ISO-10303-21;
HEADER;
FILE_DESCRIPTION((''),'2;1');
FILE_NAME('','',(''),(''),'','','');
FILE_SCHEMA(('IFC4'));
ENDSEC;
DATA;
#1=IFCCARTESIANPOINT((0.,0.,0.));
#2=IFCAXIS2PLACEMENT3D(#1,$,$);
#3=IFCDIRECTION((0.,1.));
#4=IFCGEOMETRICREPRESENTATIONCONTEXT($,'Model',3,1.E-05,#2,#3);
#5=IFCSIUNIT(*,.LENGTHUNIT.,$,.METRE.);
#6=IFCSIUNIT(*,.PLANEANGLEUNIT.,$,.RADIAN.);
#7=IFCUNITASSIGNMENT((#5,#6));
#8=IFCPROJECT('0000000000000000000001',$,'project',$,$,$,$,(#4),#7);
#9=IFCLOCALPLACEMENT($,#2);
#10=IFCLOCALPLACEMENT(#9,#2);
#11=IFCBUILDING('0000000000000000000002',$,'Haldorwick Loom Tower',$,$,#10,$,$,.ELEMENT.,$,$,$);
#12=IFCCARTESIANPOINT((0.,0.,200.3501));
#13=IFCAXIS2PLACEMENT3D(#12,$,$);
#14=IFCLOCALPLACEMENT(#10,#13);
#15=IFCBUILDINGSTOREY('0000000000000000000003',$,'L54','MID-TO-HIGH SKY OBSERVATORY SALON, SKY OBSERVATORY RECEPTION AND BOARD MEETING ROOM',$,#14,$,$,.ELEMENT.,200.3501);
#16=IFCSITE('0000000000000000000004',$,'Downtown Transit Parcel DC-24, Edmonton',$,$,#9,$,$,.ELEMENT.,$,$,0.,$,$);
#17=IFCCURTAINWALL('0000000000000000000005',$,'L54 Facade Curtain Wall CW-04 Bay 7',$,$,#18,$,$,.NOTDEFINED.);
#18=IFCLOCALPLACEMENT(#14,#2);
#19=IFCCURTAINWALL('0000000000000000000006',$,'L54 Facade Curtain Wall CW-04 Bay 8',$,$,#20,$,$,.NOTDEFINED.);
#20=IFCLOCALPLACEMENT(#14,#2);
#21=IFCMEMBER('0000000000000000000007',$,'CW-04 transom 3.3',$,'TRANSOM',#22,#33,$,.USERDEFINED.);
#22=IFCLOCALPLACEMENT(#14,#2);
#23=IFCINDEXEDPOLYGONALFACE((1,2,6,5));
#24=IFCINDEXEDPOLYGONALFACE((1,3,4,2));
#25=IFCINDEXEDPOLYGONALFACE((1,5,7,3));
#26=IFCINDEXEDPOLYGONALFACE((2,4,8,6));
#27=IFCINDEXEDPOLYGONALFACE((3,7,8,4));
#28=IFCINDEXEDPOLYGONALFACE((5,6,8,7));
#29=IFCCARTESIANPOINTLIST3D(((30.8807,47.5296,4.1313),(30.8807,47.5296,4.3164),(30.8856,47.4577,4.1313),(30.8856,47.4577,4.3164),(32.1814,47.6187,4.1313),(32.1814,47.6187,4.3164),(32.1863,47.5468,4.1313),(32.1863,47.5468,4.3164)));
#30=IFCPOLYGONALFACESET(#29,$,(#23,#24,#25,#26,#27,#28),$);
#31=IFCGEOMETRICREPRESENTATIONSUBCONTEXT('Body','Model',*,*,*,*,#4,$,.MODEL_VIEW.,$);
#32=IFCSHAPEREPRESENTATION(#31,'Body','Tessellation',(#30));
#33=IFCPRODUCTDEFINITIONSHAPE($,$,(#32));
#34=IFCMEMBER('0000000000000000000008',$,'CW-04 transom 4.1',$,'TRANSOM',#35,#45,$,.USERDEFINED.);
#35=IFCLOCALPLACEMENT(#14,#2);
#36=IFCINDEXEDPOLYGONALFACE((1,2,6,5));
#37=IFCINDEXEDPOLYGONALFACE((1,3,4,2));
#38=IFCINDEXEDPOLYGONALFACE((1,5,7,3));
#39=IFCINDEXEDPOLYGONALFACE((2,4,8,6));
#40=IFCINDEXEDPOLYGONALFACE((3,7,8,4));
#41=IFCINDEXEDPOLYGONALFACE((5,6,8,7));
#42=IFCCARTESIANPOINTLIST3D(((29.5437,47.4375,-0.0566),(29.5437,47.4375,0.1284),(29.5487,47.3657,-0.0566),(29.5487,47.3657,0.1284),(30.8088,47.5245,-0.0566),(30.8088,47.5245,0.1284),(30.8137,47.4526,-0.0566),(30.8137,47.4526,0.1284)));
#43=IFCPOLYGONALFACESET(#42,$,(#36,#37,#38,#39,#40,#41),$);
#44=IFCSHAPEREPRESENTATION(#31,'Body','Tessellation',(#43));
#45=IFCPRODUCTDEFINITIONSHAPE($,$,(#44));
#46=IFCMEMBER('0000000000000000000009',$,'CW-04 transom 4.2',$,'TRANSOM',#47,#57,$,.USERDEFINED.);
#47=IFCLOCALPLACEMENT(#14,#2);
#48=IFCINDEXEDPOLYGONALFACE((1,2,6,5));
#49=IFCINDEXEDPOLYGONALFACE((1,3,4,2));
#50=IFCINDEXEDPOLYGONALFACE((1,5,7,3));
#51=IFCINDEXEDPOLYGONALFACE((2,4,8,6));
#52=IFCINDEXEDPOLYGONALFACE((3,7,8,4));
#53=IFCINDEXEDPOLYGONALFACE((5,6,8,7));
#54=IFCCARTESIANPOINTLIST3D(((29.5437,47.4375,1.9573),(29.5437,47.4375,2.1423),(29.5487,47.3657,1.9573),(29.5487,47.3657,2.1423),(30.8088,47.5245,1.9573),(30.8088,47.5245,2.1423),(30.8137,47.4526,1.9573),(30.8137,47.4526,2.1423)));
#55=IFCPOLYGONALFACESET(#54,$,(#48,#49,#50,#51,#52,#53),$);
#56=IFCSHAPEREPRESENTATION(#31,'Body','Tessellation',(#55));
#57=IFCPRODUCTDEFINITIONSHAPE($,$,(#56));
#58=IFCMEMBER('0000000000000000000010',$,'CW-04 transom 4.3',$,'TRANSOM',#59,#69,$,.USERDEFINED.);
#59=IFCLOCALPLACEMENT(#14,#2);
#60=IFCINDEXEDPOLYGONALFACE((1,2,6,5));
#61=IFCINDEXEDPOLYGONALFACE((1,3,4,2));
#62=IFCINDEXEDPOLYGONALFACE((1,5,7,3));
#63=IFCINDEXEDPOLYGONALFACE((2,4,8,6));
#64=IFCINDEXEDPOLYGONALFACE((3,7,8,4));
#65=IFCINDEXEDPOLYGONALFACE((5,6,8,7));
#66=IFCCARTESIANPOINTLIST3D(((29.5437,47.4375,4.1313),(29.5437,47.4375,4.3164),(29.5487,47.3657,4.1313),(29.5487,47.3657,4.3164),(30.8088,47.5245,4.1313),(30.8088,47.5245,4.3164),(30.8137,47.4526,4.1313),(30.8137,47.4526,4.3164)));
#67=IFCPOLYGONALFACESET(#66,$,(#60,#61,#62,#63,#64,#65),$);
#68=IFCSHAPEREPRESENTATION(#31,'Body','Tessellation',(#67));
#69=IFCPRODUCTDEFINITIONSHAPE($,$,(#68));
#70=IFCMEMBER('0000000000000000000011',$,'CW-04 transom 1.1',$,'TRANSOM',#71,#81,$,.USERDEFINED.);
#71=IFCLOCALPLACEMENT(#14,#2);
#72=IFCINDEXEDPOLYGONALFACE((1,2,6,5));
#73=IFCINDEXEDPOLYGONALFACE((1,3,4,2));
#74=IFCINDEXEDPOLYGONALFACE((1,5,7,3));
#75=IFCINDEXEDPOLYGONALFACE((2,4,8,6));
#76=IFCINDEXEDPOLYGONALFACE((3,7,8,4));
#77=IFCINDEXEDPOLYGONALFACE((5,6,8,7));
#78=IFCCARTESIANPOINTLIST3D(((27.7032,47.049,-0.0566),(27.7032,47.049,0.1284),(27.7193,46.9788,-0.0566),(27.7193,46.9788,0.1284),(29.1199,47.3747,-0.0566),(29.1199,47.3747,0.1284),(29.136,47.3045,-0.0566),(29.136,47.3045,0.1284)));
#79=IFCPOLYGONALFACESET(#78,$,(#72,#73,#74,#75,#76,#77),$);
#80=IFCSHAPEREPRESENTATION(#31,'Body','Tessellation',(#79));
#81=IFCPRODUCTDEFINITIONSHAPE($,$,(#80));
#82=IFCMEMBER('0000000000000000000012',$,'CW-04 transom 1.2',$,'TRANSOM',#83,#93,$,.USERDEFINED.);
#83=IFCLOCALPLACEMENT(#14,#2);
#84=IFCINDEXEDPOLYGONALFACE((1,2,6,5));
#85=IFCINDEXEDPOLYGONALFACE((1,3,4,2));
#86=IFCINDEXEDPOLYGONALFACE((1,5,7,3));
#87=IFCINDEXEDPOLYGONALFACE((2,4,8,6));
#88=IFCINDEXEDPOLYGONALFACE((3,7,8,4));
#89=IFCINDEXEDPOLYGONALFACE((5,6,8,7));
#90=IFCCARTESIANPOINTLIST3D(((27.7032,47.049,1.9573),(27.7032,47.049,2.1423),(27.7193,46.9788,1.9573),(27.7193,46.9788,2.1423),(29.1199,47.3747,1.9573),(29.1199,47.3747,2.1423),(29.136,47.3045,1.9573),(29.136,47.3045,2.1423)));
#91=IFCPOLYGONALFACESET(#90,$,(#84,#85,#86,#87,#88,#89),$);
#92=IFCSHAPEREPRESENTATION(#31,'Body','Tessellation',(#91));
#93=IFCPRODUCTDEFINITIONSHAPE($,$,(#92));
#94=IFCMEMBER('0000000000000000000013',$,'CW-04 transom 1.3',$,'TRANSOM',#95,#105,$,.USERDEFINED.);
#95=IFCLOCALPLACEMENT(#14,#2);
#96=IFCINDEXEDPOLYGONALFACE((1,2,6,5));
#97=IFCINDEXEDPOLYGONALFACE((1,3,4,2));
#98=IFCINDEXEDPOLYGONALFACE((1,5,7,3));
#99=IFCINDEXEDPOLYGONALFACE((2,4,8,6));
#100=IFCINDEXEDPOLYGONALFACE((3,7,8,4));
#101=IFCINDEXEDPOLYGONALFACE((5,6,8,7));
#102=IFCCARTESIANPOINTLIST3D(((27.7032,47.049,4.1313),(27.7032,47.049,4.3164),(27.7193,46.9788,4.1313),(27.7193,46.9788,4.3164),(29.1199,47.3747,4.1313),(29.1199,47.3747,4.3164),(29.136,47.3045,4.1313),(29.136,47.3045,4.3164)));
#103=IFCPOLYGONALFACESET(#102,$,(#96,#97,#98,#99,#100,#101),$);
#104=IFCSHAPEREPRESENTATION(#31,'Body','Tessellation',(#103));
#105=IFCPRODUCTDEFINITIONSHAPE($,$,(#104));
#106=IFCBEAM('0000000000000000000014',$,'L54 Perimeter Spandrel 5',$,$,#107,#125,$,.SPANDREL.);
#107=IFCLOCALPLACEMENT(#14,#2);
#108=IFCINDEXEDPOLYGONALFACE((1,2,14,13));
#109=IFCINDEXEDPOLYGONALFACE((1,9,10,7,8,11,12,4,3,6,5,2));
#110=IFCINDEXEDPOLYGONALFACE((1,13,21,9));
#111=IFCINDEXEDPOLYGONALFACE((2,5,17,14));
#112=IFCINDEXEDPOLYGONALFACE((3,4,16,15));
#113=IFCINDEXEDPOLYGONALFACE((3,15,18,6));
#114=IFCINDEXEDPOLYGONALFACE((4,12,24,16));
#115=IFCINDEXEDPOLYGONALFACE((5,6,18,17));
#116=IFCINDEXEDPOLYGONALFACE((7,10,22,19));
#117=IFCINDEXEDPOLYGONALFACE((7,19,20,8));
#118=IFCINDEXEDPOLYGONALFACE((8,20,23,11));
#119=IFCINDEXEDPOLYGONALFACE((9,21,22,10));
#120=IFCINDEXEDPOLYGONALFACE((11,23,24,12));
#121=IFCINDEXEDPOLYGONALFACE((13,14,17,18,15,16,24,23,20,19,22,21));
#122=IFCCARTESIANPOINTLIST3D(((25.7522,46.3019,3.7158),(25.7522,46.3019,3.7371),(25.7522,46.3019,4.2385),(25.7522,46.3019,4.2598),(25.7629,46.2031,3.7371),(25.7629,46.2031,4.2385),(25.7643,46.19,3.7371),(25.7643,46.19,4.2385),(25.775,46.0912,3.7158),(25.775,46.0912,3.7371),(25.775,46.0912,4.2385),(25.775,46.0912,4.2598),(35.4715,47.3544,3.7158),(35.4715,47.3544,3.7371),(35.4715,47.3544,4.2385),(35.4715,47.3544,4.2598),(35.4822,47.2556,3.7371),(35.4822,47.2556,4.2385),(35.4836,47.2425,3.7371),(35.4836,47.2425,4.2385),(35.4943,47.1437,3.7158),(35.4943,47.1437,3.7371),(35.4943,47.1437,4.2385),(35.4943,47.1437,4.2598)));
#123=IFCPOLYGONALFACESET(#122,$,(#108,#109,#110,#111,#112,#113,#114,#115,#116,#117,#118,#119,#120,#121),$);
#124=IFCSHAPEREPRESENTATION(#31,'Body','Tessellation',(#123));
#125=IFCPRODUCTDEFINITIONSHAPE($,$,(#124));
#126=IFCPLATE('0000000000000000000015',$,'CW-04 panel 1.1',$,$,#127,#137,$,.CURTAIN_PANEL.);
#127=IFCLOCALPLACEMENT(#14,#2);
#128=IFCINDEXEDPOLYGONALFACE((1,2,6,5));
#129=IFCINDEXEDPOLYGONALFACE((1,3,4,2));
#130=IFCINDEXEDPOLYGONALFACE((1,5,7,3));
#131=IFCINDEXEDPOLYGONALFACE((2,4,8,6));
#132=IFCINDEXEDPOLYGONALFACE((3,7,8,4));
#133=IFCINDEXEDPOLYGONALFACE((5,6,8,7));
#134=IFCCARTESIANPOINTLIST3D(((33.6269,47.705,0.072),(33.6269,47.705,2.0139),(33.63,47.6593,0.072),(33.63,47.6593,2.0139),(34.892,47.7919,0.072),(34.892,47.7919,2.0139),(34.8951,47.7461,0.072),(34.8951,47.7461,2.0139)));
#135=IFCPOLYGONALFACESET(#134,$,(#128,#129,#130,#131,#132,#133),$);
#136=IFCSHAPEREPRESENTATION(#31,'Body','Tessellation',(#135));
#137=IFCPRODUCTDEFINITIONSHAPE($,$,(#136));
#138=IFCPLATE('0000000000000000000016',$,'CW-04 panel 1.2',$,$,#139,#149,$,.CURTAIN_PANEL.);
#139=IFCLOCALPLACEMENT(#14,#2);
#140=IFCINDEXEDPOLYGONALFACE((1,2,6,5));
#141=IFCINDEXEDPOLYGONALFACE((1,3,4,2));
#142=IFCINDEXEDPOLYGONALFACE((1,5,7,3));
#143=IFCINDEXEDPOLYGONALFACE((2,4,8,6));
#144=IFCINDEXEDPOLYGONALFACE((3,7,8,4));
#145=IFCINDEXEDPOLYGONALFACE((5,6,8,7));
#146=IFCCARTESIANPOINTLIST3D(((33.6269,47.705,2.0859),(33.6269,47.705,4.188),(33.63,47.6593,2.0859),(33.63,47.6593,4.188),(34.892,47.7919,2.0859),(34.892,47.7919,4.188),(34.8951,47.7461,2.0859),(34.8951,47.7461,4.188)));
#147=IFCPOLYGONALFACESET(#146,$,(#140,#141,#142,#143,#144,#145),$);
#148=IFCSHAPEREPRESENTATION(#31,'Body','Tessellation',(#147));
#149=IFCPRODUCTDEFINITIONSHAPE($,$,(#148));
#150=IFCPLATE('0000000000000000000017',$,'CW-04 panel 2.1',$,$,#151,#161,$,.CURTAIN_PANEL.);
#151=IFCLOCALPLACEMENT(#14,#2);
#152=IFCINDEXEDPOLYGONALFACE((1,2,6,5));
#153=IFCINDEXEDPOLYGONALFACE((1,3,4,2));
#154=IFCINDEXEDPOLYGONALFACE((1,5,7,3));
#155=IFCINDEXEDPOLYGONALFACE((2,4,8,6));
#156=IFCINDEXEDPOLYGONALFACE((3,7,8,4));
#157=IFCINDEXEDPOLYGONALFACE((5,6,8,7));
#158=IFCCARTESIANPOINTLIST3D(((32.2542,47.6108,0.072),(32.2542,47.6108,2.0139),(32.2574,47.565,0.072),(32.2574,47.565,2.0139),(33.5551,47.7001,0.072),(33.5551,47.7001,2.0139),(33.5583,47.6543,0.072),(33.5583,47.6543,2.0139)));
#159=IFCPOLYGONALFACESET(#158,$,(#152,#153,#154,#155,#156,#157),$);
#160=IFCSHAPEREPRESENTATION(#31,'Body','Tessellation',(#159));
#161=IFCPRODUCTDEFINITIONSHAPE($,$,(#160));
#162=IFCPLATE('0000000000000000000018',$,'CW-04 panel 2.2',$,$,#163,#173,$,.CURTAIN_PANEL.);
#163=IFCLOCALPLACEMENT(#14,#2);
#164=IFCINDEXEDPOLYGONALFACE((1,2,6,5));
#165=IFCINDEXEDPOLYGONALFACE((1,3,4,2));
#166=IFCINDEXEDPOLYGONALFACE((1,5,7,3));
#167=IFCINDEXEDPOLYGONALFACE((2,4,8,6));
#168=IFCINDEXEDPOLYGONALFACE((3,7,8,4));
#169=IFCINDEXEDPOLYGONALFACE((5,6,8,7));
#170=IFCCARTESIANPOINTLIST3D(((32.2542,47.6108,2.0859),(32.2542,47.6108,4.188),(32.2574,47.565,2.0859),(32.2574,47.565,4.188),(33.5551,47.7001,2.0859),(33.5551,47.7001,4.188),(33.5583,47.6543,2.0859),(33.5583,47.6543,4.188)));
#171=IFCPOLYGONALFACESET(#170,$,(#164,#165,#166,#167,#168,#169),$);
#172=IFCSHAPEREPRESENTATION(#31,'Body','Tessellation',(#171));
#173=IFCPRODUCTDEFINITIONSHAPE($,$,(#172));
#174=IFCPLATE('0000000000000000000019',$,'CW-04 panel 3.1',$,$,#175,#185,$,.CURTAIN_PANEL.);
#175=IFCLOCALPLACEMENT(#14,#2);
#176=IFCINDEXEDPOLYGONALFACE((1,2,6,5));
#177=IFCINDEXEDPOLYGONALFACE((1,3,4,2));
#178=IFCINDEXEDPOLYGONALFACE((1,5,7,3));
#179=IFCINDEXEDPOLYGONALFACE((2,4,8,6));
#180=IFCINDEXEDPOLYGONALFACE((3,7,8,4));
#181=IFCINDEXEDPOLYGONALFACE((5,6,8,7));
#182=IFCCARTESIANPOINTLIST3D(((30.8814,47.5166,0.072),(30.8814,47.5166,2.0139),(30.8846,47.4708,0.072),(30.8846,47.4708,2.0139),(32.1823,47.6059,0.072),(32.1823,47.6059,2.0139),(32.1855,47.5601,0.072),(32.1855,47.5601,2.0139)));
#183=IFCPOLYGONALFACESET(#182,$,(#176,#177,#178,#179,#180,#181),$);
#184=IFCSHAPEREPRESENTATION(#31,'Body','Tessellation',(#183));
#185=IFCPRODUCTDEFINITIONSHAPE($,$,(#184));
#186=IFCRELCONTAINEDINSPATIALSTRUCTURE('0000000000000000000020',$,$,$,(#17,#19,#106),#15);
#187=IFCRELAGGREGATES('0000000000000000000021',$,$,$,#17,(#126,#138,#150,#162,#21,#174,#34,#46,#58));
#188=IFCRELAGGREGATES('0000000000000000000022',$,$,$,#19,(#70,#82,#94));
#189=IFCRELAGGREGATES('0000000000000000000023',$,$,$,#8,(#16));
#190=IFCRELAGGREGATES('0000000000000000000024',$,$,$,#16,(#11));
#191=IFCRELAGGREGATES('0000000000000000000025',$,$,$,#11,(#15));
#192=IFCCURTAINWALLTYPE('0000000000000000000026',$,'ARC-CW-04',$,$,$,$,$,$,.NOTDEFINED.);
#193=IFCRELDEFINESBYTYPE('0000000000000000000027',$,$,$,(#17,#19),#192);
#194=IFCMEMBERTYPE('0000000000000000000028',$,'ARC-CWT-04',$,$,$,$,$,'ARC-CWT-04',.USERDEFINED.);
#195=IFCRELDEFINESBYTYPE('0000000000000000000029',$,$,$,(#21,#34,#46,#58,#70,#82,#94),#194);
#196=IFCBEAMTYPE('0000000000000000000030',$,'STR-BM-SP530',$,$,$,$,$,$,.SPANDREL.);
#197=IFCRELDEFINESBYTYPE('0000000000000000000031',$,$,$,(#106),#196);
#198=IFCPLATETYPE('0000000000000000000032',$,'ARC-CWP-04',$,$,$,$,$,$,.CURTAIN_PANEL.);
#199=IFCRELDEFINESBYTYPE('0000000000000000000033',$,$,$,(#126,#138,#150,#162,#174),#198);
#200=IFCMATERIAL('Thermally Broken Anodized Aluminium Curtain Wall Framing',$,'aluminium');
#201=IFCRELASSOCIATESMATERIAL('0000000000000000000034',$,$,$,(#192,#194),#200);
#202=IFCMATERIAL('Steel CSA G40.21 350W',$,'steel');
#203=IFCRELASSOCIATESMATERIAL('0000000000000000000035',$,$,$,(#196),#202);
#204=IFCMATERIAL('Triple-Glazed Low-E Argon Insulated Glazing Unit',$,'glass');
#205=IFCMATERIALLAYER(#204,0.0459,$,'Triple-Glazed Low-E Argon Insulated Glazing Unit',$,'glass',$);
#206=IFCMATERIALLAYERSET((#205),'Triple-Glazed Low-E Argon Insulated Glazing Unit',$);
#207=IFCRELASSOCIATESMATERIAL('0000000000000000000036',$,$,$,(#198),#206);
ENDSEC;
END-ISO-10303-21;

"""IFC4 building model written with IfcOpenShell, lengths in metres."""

from ifc_helpers import new_model, si_unit, direction, frame, origin, origin_2d, place, context, subcontext, project, spatial, rectangle, i_section, extrude, material, layer, layer_set, material_profile, profile_set, type_object, element, aggregate, save


model = new_model("IFC4")

# Units and contexts
model_context = context("Model", 3, precision=1e-05, world=origin(), true_north=direction((0.0, 1.0)))
body_context = subcontext(model_context, "Body", "Model", "MODEL_VIEW")
ifc_project = project(units=[si_unit("LENGTHUNIT", "METRE"), si_unit("PLANEANGLEUNIT", "RADIAN")], contexts=[model_context])

# Site, building, storey
site_placement = place(None, origin())
site = spatial("IfcSite", under=ifc_project, at=site_placement, Name="Downtown Transit Parcel DC-24, Edmonton", CompositionType="ELEMENT", RefElevation=0.0)
building_placement = place(site_placement, origin())
building = spatial("IfcBuilding", under=site, at=building_placement, Name="Haldorwick Loom Tower", CompositionType="ELEMENT")
storey_placement = place(building_placement, frame((0.0, 0.0, 200.3501)))
storey = spatial("IfcBuildingStorey", under=building, at=storey_placement, Name="L54", Description="MID-TO-HIGH SKY OBSERVATORY SALON, SKY OBSERVATORY RECEPTION AND BOARD MEETING ROOM", CompositionType="ELEMENT", Elevation=200.3501)

# Curtain wall
ifc_material_1 = material(Name="Thermally Broken Anodized Aluminium Curtain Wall Framing", Category="aluminium")
curtain_wall_type = type_object("IfcCurtainWallType", Name="ARC-CW-04", PredefinedType="NOTDEFINED", material=ifc_material_1)
curtain_wall_1_placement = place(storey_placement, origin())
curtain_wall_1 = element("IfcCurtainWall", 1, at=curtain_wall_1_placement, inside=storey, type_object=curtain_wall_type, Name="L54 Facade Curtain Wall CW-04 Bay 7", PredefinedType="NOTDEFINED")

# Curtain wall
curtain_wall_2_placement = place(storey_placement, origin())
curtain_wall_2 = element("IfcCurtainWall", 2, at=curtain_wall_2_placement, inside=storey, type_object=curtain_wall_type, Name="L54 Facade Curtain Wall CW-04 Bay 8", PredefinedType="NOTDEFINED")

# Members
ifc_material_profile_1 = material_profile(ifc_material_1, rectangle(XDim=0.072, YDim=0.1851, at=origin_2d()), Name="ALU_TRN_72X185", Category="aluminium")
ifc_profile_set_1 = profile_set([ifc_material_profile_1], Name="Thermally Broken Anodized Aluminium Curtain Wall Framing")
member_type_1 = type_object("IfcMemberType", Name="ARC-CWT-04", ElementType="ARC-CWT-04", PredefinedType="USERDEFINED", material=ifc_profile_set_1)
member_1_placement = place(storey_placement, frame((32.1838, 47.5828, 4.2239), z_axis=(-0.997662, -0.068346, 0.0), x_axis=(0.068346, -0.997662, 0.0)))
member_1 = element("IfcMember", 3, at=member_1_placement, type_object=member_type_1, Name="CW-04 transom 3.3", ObjectType="TRANSOM", PredefinedType="USERDEFINED", context=body_context, shape_type="SweptSolid", body=[
    extrude(rectangle(XDim=0.072, YDim=0.1851, at=origin_2d()), origin(), (0.0, 0.0, 1.0), 1.3037),
])
member_2_placement = place(storey_placement, frame((30.8113, 47.4885, 0.0359), z_axis=(-0.997649, -0.068538, 0.0), x_axis=(0.068538, -0.997649, 0.0)))
member_2 = element("IfcMember", 4, at=member_2_placement, type_object=member_type_1, Name="CW-04 transom 4.1", ObjectType="TRANSOM", PredefinedType="USERDEFINED", context=body_context, shape_type="SweptSolid", body=[
    extrude(rectangle(XDim=0.072, YDim=0.1851, at=origin_2d()), origin(), (0.0, 0.0, 1.0), 1.2681),
])
member_3_placement = place(storey_placement, frame((30.8113, 47.4885, 2.0498), z_axis=(-0.997649, -0.068538, 0.0), x_axis=(0.068538, -0.997649, 0.0)))
member_3 = element("IfcMember", 5, at=member_3_placement, type_object=member_type_1, Name="CW-04 transom 4.2", ObjectType="TRANSOM", PredefinedType="USERDEFINED", context=body_context, shape_type="SweptSolid", body=[
    extrude(rectangle(XDim=0.072, YDim=0.1851, at=origin_2d()), origin(), (0.0, 0.0, 1.0), 1.2681),
])
member_4_placement = place(storey_placement, frame((30.8113, 47.4885, 4.2239), z_axis=(-0.997649, -0.068538, 0.0), x_axis=(0.068538, -0.997649, 0.0)))
member_4 = element("IfcMember", 6, at=member_4_placement, type_object=member_type_1, Name="CW-04 transom 4.3", ObjectType="TRANSOM", PredefinedType="USERDEFINED", context=body_context, shape_type="SweptSolid", body=[
    extrude(rectangle(XDim=0.072, YDim=0.1851, at=origin_2d()), origin(), (0.0, 0.0, 1.0), 1.2681),
])
member_5_placement = place(storey_placement, frame((29.1279, 47.3396, 0.0359), z_axis=(-0.97458, -0.224038, 0.0), x_axis=(0.224038, -0.97458, 0.0)))
member_5 = element("IfcMember", 7, at=member_5_placement, type_object=member_type_1, Name="CW-04 transom 1.1", ObjectType="TRANSOM", PredefinedType="USERDEFINED", context=body_context, shape_type="SweptSolid", body=[
    extrude(rectangle(XDim=0.072, YDim=0.1851, at=origin_2d()), origin(), (0.0, 0.0, 1.0), 1.4536),
])
member_6_placement = place(storey_placement, frame((29.1279, 47.3396, 2.0498), z_axis=(-0.97458, -0.224038, 0.0), x_axis=(0.224038, -0.97458, 0.0)))
member_6 = element("IfcMember", 8, at=member_6_placement, type_object=member_type_1, Name="CW-04 transom 1.2", ObjectType="TRANSOM", PredefinedType="USERDEFINED", context=body_context, shape_type="SweptSolid", body=[
    extrude(rectangle(XDim=0.072, YDim=0.1851, at=origin_2d()), origin(), (0.0, 0.0, 1.0), 1.4536),
])
member_7_placement = place(storey_placement, frame((29.1279, 47.3396, 4.2239), z_axis=(-0.97458, -0.224038, 0.0), x_axis=(0.224038, -0.97458, 0.0)))
member_7 = element("IfcMember", 9, at=member_7_placement, type_object=member_type_1, Name="CW-04 transom 1.3", ObjectType="TRANSOM", PredefinedType="USERDEFINED", context=body_context, shape_type="SweptSolid", body=[
    extrude(rectangle(XDim=0.072, YDim=0.1851, at=origin_2d()), origin(), (0.0, 0.0, 1.0), 1.4536),
])

# Beam
ifc_material_2 = material(Name="Steel CSA G40.21 350W", Category="steel")
ifc_material_profile_2 = material_profile(ifc_material_2, i_section(OverallWidth=0.2119, OverallDepth=0.5439, WebThickness=0.0132, FlangeThickness=0.0212, at=origin_2d()), Name="W530X123", Category="steel")
ifc_profile_set_2 = profile_set([ifc_material_profile_2], Name="Steel CSA G40.21 350W")
beam_type = type_object("IfcBeamType", Name="STR-BM-SP530", PredefinedType="SPANDREL", material=ifc_profile_set_2)
beam_placement = place(storey_placement, frame((35.4829, 47.249, 3.9878), z_axis=(-0.994188, -0.10766, 0.0), x_axis=(0.10766, -0.994188, 0.0)))
element("IfcBeam", 10, at=beam_placement, inside=storey, type_object=beam_type, Name="L54 Perimeter Spandrel 5", PredefinedType="SPANDREL", context=body_context, shape_type="SweptSolid", body=[
    extrude(i_section(OverallWidth=0.2119, OverallDepth=0.5439, WebThickness=0.0132, FlangeThickness=0.0212, at=origin_2d()), origin(), (0.0, 0.0, 1.0), 9.7761),
])

# Plates
ifc_material_3 = material(Name="Triple-Glazed Low-E Argon Insulated Glazing Unit", Category="glass")
ifc_layer_1 = layer(ifc_material_3, 0.0459, Name="Triple-Glazed Low-E Argon Insulated Glazing Unit", Category="glass")
ifc_layer_set_1 = layer_set([ifc_layer_1], Name="Triple-Glazed Low-E Argon Insulated Glazing Unit")
plate_type = type_object("IfcPlateType", Name="ARC-CWP-04", PredefinedType="CURTAIN_PANEL", material=ifc_layer_set_1)
plate_1_placement = place(storey_placement, frame((34.261, 47.7256, 0.072), z_axis=(0.0, 0.0, 1.0), x_axis=(-0.99765, -0.068513, 0.0)))
plate_1 = element("IfcPlate", 11, at=plate_1_placement, type_object=plate_type, Name="CW-04 panel 1.1", PredefinedType="CURTAIN_PANEL", context=body_context, shape_type="SweptSolid", body=[
    extrude(rectangle(XDim=1.2681, YDim=0.0459, at=origin_2d()), origin(), (0.0, 0.0, 1.0), 1.9419),
])
plate_2_placement = place(storey_placement, frame((34.261, 47.7256, 2.0859), z_axis=(0.0, 0.0, 1.0), x_axis=(-0.99765, -0.068513, 0.0)))
plate_2 = element("IfcPlate", 12, at=plate_2_placement, type_object=plate_type, Name="CW-04 panel 1.2", PredefinedType="CURTAIN_PANEL", context=body_context, shape_type="SweptSolid", body=[
    extrude(rectangle(XDim=1.2681, YDim=0.0459, at=origin_2d()), origin(), (0.0, 0.0, 1.0), 2.1021),
])
plate_3_placement = place(storey_placement, frame((32.9062, 47.6326, 0.072), z_axis=(0.0, 0.0, 1.0), x_axis=(-0.99765, -0.068513, 0.0)))
plate_3 = element("IfcPlate", 13, at=plate_3_placement, type_object=plate_type, Name="CW-04 panel 2.1", PredefinedType="CURTAIN_PANEL", context=body_context, shape_type="SweptSolid", body=[
    extrude(rectangle(XDim=1.304, YDim=0.0459, at=origin_2d()), origin(), (0.0, 0.0, 1.0), 1.9419),
])
plate_4_placement = place(storey_placement, frame((32.9062, 47.6326, 2.0859), z_axis=(0.0, 0.0, 1.0), x_axis=(-0.99765, -0.068513, 0.0)))
plate_4 = element("IfcPlate", 14, at=plate_4_placement, type_object=plate_type, Name="CW-04 panel 2.2", PredefinedType="CURTAIN_PANEL", context=body_context, shape_type="SweptSolid", body=[
    extrude(rectangle(XDim=1.304, YDim=0.0459, at=origin_2d()), origin(), (0.0, 0.0, 1.0), 2.1021),
])
plate_5_placement = place(storey_placement, frame((31.5334, 47.5383, 0.072), z_axis=(0.0, 0.0, 1.0), x_axis=(-0.99765, -0.068513, 0.0)))
plate_5 = element("IfcPlate", 15, at=plate_5_placement, type_object=plate_type, Name="CW-04 panel 3.1", PredefinedType="CURTAIN_PANEL", context=body_context, shape_type="SweptSolid", body=[
    extrude(rectangle(XDim=1.304, YDim=0.0459, at=origin_2d()), origin(), (0.0, 0.0, 1.0), 1.9419),
])
aggregate(curtain_wall_1, [plate_1, plate_2, plate_3, plate_4, member_1, plate_5, member_2, member_3, member_4])
aggregate(curtain_wall_2, [member_5, member_6, member_7])

save(model, "model.ifc")
